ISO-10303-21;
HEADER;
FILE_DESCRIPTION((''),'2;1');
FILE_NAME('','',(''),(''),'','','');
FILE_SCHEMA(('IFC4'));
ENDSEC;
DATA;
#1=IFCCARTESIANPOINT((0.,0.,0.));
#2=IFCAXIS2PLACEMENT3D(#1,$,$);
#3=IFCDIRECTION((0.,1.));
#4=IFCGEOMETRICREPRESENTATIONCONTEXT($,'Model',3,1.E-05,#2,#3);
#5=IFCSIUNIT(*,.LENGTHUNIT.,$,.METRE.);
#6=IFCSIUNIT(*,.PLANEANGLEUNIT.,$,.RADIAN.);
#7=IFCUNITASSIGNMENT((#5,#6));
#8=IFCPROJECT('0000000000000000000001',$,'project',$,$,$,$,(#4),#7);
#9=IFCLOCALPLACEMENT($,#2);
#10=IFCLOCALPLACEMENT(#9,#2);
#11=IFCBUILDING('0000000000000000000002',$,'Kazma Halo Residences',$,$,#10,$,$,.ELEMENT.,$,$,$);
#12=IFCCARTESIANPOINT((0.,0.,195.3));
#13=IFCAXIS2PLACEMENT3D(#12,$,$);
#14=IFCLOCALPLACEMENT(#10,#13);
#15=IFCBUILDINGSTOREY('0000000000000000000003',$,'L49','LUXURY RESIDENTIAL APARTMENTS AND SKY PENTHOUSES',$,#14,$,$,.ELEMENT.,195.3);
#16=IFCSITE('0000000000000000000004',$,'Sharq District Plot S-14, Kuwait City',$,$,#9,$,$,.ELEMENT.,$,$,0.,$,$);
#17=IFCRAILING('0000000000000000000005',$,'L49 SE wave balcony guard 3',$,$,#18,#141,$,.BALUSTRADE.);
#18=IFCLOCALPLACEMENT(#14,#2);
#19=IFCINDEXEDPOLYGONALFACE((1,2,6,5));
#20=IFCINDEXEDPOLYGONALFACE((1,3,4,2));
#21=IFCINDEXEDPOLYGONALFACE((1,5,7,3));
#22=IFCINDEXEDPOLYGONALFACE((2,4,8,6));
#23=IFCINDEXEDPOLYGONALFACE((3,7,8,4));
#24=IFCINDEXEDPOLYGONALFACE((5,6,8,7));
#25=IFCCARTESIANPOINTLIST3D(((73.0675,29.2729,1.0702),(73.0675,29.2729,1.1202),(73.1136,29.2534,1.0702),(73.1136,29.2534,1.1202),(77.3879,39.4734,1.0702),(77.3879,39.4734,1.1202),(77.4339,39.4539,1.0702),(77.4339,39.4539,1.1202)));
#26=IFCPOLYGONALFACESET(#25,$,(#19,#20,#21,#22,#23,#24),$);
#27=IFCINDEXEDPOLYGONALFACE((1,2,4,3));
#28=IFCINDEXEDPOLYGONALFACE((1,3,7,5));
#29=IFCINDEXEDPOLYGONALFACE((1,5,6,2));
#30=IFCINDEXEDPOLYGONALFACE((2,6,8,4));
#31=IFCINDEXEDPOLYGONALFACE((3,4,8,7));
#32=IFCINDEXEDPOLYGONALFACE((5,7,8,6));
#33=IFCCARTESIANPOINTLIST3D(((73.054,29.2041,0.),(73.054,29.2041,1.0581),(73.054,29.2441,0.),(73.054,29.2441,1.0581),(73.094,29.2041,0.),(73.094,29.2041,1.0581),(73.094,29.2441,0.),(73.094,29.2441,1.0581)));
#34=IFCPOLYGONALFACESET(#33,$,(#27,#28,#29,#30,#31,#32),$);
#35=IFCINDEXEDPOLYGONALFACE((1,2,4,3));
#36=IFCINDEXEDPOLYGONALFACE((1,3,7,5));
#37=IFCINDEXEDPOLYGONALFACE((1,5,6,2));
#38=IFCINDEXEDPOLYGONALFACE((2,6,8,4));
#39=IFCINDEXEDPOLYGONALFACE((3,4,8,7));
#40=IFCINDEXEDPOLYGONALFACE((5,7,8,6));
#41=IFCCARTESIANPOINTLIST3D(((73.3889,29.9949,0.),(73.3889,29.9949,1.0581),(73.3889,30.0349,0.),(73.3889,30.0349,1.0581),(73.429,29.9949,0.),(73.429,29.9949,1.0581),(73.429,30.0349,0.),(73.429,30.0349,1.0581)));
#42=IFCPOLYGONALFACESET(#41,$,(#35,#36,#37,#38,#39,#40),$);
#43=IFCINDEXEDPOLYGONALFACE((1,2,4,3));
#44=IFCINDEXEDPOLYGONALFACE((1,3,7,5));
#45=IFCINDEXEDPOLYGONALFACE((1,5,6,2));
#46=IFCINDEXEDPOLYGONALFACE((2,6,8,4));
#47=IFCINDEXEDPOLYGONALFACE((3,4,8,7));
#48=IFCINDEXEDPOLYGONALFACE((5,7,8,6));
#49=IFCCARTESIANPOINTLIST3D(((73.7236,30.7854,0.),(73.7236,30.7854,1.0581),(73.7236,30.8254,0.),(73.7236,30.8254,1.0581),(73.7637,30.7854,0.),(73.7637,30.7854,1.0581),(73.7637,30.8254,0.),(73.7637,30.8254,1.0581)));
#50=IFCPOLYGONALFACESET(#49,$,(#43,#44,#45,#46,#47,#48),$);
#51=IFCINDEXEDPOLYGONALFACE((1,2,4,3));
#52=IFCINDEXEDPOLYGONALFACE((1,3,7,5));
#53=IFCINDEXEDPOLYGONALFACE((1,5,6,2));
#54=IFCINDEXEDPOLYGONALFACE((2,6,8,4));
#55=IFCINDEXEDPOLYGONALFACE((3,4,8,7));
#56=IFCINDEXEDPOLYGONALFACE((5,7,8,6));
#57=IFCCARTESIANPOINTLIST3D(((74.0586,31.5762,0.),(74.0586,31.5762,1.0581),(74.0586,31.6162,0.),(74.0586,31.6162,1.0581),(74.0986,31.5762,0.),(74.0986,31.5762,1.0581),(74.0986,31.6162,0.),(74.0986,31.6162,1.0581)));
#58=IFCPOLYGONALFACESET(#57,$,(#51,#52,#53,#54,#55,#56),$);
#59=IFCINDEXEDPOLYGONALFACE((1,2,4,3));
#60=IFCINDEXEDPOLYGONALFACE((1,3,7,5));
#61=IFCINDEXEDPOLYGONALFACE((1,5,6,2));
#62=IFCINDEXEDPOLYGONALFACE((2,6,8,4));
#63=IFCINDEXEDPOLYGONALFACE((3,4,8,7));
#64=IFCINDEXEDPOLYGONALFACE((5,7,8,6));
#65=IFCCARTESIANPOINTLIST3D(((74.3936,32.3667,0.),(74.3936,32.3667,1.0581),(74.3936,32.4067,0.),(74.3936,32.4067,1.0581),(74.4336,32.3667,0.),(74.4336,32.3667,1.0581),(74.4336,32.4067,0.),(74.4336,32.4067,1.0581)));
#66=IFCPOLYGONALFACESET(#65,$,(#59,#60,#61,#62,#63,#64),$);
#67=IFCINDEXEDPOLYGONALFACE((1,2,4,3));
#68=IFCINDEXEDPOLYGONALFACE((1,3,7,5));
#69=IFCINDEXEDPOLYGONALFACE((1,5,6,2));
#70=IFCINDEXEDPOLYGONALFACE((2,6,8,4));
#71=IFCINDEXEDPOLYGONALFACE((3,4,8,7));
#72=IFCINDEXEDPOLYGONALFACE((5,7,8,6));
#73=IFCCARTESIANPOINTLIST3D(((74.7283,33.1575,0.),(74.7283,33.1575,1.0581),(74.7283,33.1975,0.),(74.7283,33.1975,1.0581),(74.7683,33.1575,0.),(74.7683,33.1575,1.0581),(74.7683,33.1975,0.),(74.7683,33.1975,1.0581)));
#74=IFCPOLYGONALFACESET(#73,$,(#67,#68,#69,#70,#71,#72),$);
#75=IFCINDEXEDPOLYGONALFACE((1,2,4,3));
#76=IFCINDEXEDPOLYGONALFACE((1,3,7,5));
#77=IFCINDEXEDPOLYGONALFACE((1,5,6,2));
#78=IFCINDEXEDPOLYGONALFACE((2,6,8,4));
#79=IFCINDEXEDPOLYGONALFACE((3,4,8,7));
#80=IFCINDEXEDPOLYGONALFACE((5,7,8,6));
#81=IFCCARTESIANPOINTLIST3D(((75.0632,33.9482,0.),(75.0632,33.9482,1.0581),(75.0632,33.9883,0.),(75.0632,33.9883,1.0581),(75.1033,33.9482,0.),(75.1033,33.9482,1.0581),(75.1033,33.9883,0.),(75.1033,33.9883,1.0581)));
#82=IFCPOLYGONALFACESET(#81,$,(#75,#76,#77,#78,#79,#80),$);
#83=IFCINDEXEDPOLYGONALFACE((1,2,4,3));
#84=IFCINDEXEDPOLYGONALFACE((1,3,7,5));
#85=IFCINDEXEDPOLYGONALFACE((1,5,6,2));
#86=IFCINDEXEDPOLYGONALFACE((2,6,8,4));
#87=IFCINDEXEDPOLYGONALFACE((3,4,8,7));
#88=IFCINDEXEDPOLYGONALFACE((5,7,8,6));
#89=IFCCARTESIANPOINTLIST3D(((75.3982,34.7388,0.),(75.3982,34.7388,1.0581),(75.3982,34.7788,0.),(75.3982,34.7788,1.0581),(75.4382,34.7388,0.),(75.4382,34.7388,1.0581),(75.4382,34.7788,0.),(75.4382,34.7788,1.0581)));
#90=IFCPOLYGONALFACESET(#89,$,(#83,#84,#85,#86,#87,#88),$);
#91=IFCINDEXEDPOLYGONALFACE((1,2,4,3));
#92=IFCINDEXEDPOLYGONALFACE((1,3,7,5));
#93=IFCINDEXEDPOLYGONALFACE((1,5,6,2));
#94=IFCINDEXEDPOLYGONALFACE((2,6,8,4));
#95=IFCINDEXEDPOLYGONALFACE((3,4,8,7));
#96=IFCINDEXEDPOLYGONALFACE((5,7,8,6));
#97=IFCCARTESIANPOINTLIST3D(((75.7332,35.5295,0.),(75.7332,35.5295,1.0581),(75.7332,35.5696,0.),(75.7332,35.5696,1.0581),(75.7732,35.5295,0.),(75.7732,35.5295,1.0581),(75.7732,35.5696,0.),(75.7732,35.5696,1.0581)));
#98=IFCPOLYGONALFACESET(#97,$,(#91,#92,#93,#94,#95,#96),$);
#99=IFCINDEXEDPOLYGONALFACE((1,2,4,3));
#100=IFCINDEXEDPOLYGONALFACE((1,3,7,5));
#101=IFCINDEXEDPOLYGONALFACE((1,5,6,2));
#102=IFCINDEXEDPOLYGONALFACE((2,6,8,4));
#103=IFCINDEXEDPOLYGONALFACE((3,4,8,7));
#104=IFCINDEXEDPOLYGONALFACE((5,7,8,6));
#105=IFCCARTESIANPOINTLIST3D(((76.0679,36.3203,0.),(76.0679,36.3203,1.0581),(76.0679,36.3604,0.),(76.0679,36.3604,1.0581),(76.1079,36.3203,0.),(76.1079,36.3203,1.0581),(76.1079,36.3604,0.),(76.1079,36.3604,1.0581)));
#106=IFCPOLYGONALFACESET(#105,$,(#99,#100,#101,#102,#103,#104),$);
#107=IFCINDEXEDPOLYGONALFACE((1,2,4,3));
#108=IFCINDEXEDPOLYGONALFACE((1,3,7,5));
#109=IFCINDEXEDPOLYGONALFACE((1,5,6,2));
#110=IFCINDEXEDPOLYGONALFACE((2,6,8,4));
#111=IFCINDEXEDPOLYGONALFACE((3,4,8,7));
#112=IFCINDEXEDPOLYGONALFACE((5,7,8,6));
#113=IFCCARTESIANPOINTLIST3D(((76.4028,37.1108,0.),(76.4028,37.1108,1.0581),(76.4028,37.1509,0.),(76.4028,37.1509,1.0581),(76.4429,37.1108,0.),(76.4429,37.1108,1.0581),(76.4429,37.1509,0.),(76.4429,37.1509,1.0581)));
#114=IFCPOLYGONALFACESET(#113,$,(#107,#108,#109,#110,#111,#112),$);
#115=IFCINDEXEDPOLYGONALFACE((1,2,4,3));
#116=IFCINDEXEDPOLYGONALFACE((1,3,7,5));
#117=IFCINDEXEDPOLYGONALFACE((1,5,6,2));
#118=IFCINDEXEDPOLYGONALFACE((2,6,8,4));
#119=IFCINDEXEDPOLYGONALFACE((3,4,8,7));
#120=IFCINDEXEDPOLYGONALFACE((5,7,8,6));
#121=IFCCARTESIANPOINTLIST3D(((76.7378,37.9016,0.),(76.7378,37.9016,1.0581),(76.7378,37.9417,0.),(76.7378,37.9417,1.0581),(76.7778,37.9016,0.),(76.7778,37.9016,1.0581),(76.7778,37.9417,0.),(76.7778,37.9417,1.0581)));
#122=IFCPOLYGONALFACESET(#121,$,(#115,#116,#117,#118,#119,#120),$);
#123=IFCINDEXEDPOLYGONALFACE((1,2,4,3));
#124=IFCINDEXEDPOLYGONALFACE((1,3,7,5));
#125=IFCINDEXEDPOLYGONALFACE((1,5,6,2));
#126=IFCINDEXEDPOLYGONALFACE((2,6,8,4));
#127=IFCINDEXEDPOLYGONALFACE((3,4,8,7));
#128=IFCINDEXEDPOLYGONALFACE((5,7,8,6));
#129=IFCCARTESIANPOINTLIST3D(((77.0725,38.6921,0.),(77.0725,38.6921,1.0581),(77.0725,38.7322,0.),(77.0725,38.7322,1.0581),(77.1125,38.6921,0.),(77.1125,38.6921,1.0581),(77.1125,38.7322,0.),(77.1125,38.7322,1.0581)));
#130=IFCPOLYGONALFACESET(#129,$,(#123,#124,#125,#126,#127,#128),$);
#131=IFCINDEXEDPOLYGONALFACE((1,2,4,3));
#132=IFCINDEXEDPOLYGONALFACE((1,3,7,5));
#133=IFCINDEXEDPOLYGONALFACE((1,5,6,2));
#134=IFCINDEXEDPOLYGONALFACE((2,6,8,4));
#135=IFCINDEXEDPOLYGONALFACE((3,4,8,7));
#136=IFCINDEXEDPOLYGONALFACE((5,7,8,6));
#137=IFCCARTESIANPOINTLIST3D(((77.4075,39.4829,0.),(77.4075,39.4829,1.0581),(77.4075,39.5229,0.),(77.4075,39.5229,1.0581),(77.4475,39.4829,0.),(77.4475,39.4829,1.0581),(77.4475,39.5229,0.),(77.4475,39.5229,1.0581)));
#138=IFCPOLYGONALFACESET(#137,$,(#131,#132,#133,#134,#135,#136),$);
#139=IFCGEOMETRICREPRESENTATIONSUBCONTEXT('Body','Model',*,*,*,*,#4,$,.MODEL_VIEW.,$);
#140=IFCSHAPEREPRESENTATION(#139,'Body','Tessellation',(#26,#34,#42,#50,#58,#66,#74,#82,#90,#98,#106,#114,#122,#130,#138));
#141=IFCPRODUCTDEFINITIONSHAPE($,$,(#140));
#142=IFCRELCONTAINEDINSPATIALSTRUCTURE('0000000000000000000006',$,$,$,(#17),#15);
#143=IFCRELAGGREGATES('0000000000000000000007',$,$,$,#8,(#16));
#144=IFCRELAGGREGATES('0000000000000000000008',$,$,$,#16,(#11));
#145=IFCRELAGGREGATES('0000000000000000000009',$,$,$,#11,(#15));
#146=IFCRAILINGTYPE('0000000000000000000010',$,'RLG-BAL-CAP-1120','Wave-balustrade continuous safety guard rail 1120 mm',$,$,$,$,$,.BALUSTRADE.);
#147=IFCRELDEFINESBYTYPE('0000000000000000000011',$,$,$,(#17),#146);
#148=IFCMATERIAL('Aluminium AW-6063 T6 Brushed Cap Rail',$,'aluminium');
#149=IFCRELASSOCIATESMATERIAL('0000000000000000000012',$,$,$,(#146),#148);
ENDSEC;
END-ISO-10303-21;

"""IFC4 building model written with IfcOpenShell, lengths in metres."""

from ifc_helpers import new_model, si_unit, direction, frame, origin, origin_2d, place, context, subcontext, project, spatial, rectangle, extrude, material, type_object, element, save


model = new_model("IFC4")

# Units and contexts
model_context = context("Model", 3, precision=1e-05, world=origin(), true_north=direction((0.0, 1.0)))
body_context = subcontext(model_context, "Body", "Model", "MODEL_VIEW")
ifc_project = project(units=[si_unit("LENGTHUNIT", "METRE"), si_unit("PLANEANGLEUNIT", "RADIAN")], contexts=[model_context])

# Site, building, storey
site_placement = place(None, origin())
site = spatial("IfcSite", under=ifc_project, at=site_placement, Name="Sharq District Plot S-14, Kuwait City", CompositionType="ELEMENT", RefElevation=0.0)
building_placement = place(site_placement, origin())
building = spatial("IfcBuilding", under=site, at=building_placement, Name="Kazma Halo Residences", CompositionType="ELEMENT")
storey_placement = place(building_placement, frame((0.0, 0.0, 195.3)))
storey = spatial("IfcBuildingStorey", under=building, at=storey_placement, Name="L49", Description="LUXURY RESIDENTIAL APARTMENTS AND SKY PENTHOUSES", CompositionType="ELEMENT", Elevation=195.3)

# Railing
ifc_material_1 = material(Name="Aluminium AW-6063 T6 Brushed Cap Rail", Category="aluminium")
railing_type = type_object("IfcRailingType", Name="RLG-BAL-CAP-1120", Description="Wave-balustrade continuous safety guard rail 1120 mm", PredefinedType="BALUSTRADE", material=ifc_material_1)
railing_1_placement = place(storey_placement, frame((73.074, 29.2241, 0.0)))
element("IfcRailing", 1, at=railing_1_placement, inside=storey, type_object=railing_type, Name="L49 SE wave balcony guard 3", PredefinedType="BALUSTRADE", context=body_context, shape_type="SweptSolid", body=[
    extrude(rectangle(XDim=0.05, YDim=0.05, at=origin_2d()), frame((0.0166, 0.0391, 1.0952), z_axis=(0.390004, 0.920813, 0.0), x_axis=(-0.920813, 0.390004, 0.0)), (0.0, 0.0, 1.0), 11.0776),
    extrude(rectangle(XDim=0.04, YDim=0.04, at=origin_2d()), origin(), (0.0, 0.0, 1.0), 1.0581),
    extrude(rectangle(XDim=0.04, YDim=0.04, at=origin_2d()), frame((0.335, 0.7908, 0.0)), (0.0, 0.0, 1.0), 1.0581),
    extrude(rectangle(XDim=0.04, YDim=0.04, at=origin_2d()), frame((0.6697, 1.5813, 0.0)), (0.0, 0.0, 1.0), 1.0581),
    extrude(rectangle(XDim=0.04, YDim=0.04, at=origin_2d()), frame((1.0046, 2.3721, 0.0)), (0.0, 0.0, 1.0), 1.0581),
    extrude(rectangle(XDim=0.04, YDim=0.04, at=origin_2d()), frame((1.3396, 3.1626, 0.0)), (0.0, 0.0, 1.0), 1.0581),
    extrude(rectangle(XDim=0.04, YDim=0.04, at=origin_2d()), frame((1.6743, 3.9534, 0.0)), (0.0, 0.0, 1.0), 1.0581),
    extrude(rectangle(XDim=0.04, YDim=0.04, at=origin_2d()), frame((2.0093, 4.7441, 0.0)), (0.0, 0.0, 1.0), 1.0581),
    extrude(rectangle(XDim=0.04, YDim=0.04, at=origin_2d()), frame((2.3442, 5.5347, 0.0)), (0.0, 0.0, 1.0), 1.0581),
    extrude(rectangle(XDim=0.04, YDim=0.04, at=origin_2d()), frame((2.6792, 6.3254, 0.0)), (0.0, 0.0, 1.0), 1.0581),
    extrude(rectangle(XDim=0.04, YDim=0.04, at=origin_2d()), frame((3.0139, 7.1162, 0.0)), (0.0, 0.0, 1.0), 1.0581),
    extrude(rectangle(XDim=0.04, YDim=0.04, at=origin_2d()), frame((3.3489, 7.9067, 0.0)), (0.0, 0.0, 1.0), 1.0581),
    extrude(rectangle(XDim=0.04, YDim=0.04, at=origin_2d()), frame((3.6838, 8.6975, 0.0)), (0.0, 0.0, 1.0), 1.0581),
    extrude(rectangle(XDim=0.04, YDim=0.04, at=origin_2d()), frame((4.0186, 9.488, 0.0)), (0.0, 0.0, 1.0), 1.0581),
    extrude(rectangle(XDim=0.04, YDim=0.04, at=origin_2d()), frame((4.3535, 10.2788, 0.0)), (0.0, 0.0, 1.0), 1.0581),
])

save(model, "model.ifc")
